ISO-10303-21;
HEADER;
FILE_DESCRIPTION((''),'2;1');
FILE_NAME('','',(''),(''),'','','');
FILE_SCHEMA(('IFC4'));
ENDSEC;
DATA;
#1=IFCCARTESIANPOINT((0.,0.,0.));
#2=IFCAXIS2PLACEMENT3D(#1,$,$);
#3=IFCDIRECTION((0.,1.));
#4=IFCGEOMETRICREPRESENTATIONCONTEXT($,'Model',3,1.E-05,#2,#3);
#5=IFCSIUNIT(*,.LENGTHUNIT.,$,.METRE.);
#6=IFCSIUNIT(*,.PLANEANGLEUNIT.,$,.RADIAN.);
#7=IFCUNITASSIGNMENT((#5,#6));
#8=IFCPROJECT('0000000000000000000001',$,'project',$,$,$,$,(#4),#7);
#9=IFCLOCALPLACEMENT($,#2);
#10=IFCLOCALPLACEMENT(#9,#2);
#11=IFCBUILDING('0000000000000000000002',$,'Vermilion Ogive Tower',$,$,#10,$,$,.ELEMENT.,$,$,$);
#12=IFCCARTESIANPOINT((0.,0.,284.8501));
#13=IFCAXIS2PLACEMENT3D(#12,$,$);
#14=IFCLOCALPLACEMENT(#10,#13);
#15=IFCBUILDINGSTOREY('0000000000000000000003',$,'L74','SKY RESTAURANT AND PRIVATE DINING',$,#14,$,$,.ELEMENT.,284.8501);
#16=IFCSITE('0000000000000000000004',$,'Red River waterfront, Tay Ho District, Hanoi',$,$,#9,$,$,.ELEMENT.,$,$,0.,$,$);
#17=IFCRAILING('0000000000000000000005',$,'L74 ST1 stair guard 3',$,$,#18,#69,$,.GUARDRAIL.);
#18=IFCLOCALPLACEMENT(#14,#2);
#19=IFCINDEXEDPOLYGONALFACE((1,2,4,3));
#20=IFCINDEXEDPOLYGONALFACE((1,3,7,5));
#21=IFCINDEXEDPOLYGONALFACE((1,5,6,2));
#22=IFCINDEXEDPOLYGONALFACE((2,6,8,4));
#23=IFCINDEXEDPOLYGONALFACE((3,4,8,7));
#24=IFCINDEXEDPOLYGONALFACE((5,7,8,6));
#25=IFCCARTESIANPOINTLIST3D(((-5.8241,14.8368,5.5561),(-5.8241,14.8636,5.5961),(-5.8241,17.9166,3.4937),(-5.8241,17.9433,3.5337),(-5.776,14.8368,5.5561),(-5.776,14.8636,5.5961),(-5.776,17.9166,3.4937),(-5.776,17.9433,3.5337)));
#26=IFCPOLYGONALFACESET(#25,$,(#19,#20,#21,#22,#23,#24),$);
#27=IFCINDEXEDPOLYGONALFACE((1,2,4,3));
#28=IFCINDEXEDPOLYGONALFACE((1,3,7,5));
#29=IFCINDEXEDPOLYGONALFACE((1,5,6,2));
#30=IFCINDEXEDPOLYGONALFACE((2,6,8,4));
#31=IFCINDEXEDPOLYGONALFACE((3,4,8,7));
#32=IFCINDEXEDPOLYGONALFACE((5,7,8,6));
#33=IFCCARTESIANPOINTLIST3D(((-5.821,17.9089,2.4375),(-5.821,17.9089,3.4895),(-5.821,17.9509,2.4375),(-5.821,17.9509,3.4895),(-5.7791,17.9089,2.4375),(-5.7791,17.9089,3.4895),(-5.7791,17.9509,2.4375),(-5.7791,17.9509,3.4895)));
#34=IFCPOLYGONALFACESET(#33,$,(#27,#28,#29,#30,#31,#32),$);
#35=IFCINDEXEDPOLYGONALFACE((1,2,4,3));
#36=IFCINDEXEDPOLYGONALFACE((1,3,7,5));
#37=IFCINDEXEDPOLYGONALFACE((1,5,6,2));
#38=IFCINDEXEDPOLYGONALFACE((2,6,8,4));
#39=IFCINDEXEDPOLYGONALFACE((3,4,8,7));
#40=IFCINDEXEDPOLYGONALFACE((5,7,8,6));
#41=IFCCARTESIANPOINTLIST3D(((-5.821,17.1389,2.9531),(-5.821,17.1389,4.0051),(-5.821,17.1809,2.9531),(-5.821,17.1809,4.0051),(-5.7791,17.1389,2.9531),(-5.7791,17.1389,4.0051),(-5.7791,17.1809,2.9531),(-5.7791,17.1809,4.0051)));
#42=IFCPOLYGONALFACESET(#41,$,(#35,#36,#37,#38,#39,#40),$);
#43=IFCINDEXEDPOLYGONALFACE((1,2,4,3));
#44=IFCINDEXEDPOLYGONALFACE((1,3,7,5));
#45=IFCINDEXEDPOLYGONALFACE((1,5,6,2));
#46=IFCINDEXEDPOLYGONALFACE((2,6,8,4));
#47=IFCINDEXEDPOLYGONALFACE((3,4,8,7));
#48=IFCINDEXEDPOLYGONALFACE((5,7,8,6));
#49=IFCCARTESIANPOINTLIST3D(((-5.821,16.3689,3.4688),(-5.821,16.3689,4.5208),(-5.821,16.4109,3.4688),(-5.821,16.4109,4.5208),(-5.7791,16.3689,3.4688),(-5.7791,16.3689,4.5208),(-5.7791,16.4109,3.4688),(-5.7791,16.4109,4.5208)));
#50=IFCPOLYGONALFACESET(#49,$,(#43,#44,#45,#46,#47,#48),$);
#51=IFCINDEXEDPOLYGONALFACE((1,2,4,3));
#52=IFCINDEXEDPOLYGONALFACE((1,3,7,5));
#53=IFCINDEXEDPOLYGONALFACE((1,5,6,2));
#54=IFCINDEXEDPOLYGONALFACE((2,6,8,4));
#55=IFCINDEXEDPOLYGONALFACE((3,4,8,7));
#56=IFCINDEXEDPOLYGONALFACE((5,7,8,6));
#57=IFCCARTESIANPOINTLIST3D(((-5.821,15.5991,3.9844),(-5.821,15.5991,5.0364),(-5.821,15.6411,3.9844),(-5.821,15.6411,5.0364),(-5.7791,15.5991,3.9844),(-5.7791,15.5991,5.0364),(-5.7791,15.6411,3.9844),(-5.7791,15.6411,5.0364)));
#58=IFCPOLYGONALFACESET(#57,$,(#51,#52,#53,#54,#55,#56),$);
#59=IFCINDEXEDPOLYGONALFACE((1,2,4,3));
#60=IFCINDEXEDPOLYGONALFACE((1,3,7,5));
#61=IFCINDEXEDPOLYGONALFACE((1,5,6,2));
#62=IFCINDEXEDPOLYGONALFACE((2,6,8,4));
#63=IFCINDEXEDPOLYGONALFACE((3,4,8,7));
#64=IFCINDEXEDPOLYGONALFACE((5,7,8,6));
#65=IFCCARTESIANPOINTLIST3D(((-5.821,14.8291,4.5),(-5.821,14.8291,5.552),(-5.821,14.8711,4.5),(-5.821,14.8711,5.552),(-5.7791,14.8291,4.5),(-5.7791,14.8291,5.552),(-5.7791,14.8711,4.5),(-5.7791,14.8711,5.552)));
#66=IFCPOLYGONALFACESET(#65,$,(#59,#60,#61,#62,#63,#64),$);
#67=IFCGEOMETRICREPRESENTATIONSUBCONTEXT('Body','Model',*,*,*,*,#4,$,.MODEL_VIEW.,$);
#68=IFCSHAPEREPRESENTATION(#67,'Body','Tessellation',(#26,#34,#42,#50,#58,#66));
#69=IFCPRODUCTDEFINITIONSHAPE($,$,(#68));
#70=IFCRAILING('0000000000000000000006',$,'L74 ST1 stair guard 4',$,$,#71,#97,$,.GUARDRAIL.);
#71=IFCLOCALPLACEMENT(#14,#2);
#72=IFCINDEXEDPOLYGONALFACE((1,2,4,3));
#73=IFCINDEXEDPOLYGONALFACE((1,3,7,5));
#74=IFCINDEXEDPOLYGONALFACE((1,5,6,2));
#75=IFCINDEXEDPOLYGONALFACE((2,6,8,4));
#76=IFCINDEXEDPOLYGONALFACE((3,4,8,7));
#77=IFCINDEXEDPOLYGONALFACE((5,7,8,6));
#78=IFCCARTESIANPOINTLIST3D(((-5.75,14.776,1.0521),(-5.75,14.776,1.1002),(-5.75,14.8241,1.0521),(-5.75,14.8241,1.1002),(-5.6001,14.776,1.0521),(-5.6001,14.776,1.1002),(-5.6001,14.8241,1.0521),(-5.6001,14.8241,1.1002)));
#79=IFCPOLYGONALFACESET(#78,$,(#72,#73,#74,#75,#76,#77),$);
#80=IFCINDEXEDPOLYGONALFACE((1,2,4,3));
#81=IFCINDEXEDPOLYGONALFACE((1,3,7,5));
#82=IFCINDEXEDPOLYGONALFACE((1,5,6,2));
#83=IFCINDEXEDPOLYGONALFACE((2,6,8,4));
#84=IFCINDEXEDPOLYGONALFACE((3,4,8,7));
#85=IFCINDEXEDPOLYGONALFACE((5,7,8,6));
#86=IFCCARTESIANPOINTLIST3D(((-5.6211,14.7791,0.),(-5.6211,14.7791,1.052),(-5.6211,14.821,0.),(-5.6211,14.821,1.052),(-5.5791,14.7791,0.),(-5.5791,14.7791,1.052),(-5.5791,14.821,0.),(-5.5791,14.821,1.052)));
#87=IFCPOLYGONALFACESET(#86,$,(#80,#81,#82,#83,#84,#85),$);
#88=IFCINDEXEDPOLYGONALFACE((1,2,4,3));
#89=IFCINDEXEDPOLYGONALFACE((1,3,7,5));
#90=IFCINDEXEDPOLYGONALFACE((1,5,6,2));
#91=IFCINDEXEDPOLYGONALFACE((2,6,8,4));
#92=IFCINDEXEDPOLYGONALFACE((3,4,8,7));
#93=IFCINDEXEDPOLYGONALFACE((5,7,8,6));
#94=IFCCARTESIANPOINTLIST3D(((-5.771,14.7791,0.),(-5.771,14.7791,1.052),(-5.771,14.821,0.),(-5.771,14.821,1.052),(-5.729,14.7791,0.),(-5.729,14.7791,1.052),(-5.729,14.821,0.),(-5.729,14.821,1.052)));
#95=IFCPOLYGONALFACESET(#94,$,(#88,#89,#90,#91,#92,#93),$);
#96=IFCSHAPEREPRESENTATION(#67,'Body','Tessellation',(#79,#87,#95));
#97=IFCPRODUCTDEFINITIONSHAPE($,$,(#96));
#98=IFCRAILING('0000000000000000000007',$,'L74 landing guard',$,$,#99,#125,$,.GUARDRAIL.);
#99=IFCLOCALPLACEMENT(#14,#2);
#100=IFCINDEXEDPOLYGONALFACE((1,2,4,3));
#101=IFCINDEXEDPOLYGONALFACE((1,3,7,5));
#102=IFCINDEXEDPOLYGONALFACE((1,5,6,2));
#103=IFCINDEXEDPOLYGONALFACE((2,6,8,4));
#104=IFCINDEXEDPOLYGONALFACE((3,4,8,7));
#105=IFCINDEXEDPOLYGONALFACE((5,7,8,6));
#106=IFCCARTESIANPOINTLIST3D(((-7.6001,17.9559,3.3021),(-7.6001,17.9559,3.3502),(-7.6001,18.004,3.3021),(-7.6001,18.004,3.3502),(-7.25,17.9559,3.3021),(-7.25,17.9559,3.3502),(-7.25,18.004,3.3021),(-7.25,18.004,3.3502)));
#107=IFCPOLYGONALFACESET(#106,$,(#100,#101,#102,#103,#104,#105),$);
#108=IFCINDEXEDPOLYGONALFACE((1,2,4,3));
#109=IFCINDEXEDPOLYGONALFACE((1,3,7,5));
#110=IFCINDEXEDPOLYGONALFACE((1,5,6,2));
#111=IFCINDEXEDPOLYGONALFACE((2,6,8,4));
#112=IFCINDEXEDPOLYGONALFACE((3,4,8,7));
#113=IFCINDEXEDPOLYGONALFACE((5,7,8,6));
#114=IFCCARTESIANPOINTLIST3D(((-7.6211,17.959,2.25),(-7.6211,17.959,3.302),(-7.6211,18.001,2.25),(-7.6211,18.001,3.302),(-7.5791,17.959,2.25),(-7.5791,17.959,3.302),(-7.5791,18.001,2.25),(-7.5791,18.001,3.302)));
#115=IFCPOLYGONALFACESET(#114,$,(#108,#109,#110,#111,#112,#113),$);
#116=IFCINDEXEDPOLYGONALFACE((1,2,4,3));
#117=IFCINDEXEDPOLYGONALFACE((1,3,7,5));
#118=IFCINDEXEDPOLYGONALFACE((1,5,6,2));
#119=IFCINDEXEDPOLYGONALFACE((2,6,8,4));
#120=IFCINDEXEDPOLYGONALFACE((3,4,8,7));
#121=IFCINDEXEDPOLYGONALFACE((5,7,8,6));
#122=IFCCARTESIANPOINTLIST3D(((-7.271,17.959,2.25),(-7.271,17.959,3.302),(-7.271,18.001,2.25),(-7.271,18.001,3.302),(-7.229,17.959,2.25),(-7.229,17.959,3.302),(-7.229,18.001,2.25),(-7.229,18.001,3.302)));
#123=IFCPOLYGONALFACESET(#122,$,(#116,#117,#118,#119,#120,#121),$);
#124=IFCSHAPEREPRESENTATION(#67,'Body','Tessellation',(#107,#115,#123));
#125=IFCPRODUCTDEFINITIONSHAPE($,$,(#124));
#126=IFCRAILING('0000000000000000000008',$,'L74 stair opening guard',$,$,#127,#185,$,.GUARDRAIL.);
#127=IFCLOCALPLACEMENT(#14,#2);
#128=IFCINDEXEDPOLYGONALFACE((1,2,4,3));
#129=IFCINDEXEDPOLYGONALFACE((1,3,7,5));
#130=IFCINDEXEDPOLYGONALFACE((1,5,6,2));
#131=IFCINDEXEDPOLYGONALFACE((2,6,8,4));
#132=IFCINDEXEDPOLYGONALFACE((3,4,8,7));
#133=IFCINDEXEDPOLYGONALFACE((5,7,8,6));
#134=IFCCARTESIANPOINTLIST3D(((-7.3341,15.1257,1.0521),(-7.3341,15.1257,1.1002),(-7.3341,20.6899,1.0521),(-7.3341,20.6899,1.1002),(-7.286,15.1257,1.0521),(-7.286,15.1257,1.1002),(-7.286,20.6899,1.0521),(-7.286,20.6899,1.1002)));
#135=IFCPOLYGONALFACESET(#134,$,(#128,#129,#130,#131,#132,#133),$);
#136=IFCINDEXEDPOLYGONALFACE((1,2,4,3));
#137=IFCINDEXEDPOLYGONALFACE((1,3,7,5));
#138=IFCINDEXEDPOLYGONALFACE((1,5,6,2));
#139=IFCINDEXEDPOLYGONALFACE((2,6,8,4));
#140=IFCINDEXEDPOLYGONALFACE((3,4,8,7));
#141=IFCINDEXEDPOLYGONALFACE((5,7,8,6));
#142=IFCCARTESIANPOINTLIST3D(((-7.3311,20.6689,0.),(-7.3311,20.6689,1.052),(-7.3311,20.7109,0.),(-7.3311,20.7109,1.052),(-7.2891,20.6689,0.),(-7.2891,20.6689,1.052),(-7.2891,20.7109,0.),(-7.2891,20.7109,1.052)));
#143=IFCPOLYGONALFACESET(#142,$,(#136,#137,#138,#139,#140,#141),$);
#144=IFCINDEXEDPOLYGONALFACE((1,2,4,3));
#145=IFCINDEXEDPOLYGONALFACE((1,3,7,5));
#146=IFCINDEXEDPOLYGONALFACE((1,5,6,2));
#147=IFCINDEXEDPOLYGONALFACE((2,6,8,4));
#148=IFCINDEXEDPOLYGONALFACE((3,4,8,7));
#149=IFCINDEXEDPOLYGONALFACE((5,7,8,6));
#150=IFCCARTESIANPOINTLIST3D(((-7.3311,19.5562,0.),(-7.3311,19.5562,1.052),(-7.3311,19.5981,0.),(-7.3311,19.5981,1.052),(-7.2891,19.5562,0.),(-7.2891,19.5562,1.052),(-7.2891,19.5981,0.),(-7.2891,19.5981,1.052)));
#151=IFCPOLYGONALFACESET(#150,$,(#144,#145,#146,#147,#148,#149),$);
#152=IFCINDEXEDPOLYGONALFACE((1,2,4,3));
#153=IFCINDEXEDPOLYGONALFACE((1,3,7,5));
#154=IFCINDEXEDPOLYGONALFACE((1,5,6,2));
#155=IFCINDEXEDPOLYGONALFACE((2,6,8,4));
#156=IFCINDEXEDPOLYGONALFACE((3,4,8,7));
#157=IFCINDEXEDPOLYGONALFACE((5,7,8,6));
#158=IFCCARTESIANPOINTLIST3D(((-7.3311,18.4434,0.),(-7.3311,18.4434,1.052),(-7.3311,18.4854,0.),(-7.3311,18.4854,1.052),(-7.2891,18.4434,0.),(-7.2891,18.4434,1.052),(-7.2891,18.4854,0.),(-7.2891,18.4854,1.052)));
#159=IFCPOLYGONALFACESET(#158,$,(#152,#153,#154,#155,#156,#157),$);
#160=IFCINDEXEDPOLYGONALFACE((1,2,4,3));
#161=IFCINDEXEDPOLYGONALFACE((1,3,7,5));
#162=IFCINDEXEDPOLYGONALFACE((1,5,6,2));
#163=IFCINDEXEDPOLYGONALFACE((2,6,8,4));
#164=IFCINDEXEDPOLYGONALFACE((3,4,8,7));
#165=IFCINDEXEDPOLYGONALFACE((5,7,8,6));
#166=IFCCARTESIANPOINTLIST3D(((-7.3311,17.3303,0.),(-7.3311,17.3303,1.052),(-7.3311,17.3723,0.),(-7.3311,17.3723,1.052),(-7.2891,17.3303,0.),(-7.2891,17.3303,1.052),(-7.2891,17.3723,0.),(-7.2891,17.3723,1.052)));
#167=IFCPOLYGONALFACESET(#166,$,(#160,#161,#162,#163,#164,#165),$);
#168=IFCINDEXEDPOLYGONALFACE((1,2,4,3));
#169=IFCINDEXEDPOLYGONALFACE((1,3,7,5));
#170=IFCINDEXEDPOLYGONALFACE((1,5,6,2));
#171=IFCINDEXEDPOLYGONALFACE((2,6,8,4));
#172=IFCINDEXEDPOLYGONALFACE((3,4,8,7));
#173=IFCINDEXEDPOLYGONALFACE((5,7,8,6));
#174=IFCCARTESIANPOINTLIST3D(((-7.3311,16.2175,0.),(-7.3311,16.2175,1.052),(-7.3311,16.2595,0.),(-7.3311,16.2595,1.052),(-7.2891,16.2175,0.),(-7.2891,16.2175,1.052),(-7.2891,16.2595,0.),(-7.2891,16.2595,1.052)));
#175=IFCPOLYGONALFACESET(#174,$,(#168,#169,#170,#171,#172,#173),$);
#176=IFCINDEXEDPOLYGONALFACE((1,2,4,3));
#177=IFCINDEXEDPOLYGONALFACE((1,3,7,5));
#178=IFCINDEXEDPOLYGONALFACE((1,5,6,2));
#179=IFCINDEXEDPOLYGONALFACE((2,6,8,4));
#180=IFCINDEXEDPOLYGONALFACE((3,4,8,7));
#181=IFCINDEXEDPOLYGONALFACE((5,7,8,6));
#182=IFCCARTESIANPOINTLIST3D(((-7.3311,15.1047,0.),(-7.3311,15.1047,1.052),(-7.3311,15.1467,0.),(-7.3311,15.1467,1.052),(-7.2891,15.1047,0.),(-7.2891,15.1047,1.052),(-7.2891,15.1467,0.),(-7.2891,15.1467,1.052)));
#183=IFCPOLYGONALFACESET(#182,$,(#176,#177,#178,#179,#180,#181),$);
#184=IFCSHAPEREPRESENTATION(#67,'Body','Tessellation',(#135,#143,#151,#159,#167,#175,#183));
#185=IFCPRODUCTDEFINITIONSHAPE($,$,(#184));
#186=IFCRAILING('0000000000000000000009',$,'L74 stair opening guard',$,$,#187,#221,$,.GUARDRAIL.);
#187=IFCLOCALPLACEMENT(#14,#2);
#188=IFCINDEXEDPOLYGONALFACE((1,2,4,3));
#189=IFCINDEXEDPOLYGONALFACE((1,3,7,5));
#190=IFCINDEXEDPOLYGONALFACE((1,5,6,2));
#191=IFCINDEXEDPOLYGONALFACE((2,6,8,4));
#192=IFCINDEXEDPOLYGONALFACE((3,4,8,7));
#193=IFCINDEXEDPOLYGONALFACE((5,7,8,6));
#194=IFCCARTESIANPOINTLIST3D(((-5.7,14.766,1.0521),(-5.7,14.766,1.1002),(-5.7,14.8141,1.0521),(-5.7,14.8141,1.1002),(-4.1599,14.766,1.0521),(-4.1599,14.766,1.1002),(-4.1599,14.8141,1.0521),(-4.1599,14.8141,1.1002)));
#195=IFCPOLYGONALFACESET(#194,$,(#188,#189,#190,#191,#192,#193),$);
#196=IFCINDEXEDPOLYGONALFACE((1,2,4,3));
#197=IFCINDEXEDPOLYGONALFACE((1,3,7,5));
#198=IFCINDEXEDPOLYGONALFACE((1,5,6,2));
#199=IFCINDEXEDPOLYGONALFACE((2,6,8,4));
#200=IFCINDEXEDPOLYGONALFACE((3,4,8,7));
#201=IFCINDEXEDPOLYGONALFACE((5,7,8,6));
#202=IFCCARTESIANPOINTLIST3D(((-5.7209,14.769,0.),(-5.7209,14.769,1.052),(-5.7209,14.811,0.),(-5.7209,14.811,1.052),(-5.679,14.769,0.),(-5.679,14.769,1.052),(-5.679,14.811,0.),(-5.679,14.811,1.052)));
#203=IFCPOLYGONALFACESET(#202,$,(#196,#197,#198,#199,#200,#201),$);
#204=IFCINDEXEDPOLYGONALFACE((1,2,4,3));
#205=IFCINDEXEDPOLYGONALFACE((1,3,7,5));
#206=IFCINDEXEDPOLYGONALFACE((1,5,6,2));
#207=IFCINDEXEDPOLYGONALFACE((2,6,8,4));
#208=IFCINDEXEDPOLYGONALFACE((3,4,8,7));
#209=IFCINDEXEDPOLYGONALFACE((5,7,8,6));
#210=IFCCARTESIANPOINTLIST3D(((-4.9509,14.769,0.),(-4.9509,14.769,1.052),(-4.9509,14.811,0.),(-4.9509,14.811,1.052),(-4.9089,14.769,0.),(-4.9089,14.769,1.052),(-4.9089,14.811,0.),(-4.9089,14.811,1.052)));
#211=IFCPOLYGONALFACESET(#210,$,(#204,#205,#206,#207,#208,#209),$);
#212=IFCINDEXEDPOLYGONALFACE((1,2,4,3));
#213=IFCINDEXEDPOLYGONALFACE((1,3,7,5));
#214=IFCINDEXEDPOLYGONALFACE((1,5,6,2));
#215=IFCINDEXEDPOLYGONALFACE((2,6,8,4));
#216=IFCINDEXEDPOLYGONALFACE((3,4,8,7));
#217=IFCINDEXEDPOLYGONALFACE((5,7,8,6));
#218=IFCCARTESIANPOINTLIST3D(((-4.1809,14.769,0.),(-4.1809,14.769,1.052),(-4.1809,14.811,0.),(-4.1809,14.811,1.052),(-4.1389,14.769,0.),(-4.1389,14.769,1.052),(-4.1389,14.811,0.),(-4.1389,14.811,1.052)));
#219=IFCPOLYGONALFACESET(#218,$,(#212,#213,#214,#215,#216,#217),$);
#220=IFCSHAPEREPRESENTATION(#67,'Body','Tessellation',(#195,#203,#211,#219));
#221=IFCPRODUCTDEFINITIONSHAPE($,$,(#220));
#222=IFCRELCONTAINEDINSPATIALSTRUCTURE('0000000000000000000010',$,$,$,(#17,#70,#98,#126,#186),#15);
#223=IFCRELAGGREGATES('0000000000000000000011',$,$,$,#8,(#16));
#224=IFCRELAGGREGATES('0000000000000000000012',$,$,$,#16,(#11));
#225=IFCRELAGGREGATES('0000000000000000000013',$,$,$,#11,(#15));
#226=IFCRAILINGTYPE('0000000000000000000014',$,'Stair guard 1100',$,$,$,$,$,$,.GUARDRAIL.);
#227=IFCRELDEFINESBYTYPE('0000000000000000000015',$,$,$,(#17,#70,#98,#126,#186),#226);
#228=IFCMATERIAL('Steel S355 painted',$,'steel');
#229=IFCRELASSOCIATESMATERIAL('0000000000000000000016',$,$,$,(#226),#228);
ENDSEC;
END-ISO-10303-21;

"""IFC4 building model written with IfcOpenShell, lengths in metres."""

from ifc_helpers import new_model, si_unit, direction, frame, origin, origin_2d, place, context, subcontext, project, spatial, rectangle, extrude, material, type_object, element, save


model = new_model("IFC4")

# Units and contexts
model_context = context("Model", 3, precision=1e-05, world=origin(), true_north=direction((0.0, 1.0)))
body_context = subcontext(model_context, "Body", "Model", "MODEL_VIEW")
ifc_project = project(units=[si_unit("LENGTHUNIT", "METRE"), si_unit("PLANEANGLEUNIT", "RADIAN")], contexts=[model_context])

# Site, building, storey
site_placement = place(None, origin())
site = spatial("IfcSite", under=ifc_project, at=site_placement, Name="Red River waterfront, Tay Ho District, Hanoi", CompositionType="ELEMENT", RefElevation=0.0)
building_placement = place(site_placement, origin())
building = spatial("IfcBuilding", under=site, at=building_placement, Name="Vermilion Ogive Tower", CompositionType="ELEMENT")
storey_placement = place(building_placement, frame((0.0, 0.0, 284.8501)))
storey = spatial("IfcBuildingStorey", under=building, at=storey_placement, Name="L74", Description="SKY RESTAURANT AND PRIVATE DINING", CompositionType="ELEMENT", Elevation=284.8501)

# Railings
ifc_material_1 = material(Name="Steel S355 painted", Category="steel")
railing_type_1 = type_object("IfcRailingType", Name="Stair guard 1100", PredefinedType="GUARDRAIL", material=ifc_material_1)
railing_1_placement = place(storey_placement, frame((-5.8, 17.9299, 2.4375)))
element("IfcRailing", 1, at=railing_1_placement, inside=storey, type_object=railing_type_1, Name="L74 ST1 stair guard 3", PredefinedType="GUARDRAIL", context=body_context, shape_type="SweptSolid", body=[
    extrude(rectangle(XDim=0.0481, YDim=0.0481, at=origin_2d()), frame((0.0, 0.0, 1.0762), z_axis=(0.0, -0.830893, 0.556432), x_axis=(1.0, 0.0, 0.0)), (0.0, 0.0, 1.0), 3.7065),
    extrude(rectangle(XDim=0.042, YDim=0.042, at=origin_2d()), origin(), (0.0, 0.0, 1.0), 1.052),
    extrude(rectangle(XDim=0.042, YDim=0.042, at=origin_2d()), frame((0.0, -0.77, 0.5156)), (0.0, 0.0, 1.0), 1.052),
    extrude(rectangle(XDim=0.042, YDim=0.042, at=origin_2d()), frame((0.0, -1.54, 1.0312)), (0.0, 0.0, 1.0), 1.052),
    extrude(rectangle(XDim=0.042, YDim=0.042, at=origin_2d()), frame((0.0, -2.3098, 1.5469)), (0.0, 0.0, 1.0), 1.052),
    extrude(rectangle(XDim=0.042, YDim=0.042, at=origin_2d()), frame((0.0, -3.0798, 2.0625)), (0.0, 0.0, 1.0), 1.052),
])
railing_2_placement = place(storey_placement, frame((-5.6001, 14.8, 0.0)))
element("IfcRailing", 2, at=railing_2_placement, inside=storey, type_object=railing_type_1, Name="L74 ST1 stair guard 4", PredefinedType="GUARDRAIL", context=body_context, shape_type="SweptSolid", body=[
    extrude(rectangle(XDim=0.0481, YDim=0.0481, at=origin_2d()), frame((0.0, 0.0, 1.0762), z_axis=(-1.0, 0.0, 0.0), x_axis=(0.0, -1.0, 0.0)), (0.0, 0.0, 1.0), 0.1499),
    extrude(rectangle(XDim=0.042, YDim=0.042, at=origin_2d()), origin(), (0.0, 0.0, 1.0), 1.052),
    extrude(rectangle(XDim=0.042, YDim=0.042, at=origin_2d()), frame((-0.1499, 0.0, 0.0)), (0.0, 0.0, 1.0), 1.052),
])
railing_3_placement = place(storey_placement, frame((-7.6001, 17.98, 2.25)))
element("IfcRailing", 3, at=railing_3_placement, inside=storey, type_object=railing_type_1, Name="L74 landing guard", PredefinedType="GUARDRAIL", context=body_context, shape_type="SweptSolid", body=[
    extrude(rectangle(XDim=0.0481, YDim=0.0481, at=origin_2d()), frame((0.0, 0.0, 1.0762), z_axis=(1.0, 0.0, 0.0), x_axis=(0.0, 1.0, 0.0)), (0.0, 0.0, 1.0), 0.3501),
    extrude(rectangle(XDim=0.042, YDim=0.042, at=origin_2d()), origin(), (0.0, 0.0, 1.0), 1.052),
    extrude(rectangle(XDim=0.042, YDim=0.042, at=origin_2d()), frame((0.3501, 0.0, 0.0)), (0.0, 0.0, 1.0), 1.052),
])
railing_4_placement = place(storey_placement, frame((-7.3101, 20.6899, 0.0)))
element("IfcRailing", 4, at=railing_4_placement, inside=storey, type_object=railing_type_1, Name="L74 stair opening guard", PredefinedType="GUARDRAIL", context=body_context, shape_type="SweptSolid", body=[
    extrude(rectangle(XDim=0.0481, YDim=0.0481, at=origin_2d()), frame((0.0, 0.0, 1.0762), z_axis=(0.0, -1.0, 0.0), x_axis=(1.0, 0.0, 0.0)), (0.0, 0.0, 1.0), 5.5642),
    extrude(rectangle(XDim=0.042, YDim=0.042, at=origin_2d()), origin(), (0.0, 0.0, 1.0), 1.052),
    extrude(rectangle(XDim=0.042, YDim=0.042, at=origin_2d()), frame((0.0, -1.1128, 0.0)), (0.0, 0.0, 1.0), 1.052),
    extrude(rectangle(XDim=0.042, YDim=0.042, at=origin_2d()), frame((0.0, -2.2256, 0.0)), (0.0, 0.0, 1.0), 1.052),
    extrude(rectangle(XDim=0.042, YDim=0.042, at=origin_2d()), frame((0.0, -3.3386, 0.0)), (0.0, 0.0, 1.0), 1.052),
    extrude(rectangle(XDim=0.042, YDim=0.042, at=origin_2d()), frame((0.0, -4.4514, 0.0)), (0.0, 0.0, 1.0), 1.052),
    extrude(rectangle(XDim=0.042, YDim=0.042, at=origin_2d()), frame((0.0, -5.5642, 0.0)), (0.0, 0.0, 1.0), 1.052),
])
railing_5_placement = place(storey_placement, frame((-5.7, 14.79, 0.0)))
element("IfcRailing", 5, at=railing_5_placement, inside=storey, type_object=railing_type_1, Name="L74 stair opening guard", PredefinedType="GUARDRAIL", context=body_context, shape_type="SweptSolid", body=[
    extrude(rectangle(XDim=0.0481, YDim=0.0481, at=origin_2d()), frame((0.0, 0.0, 1.0762), z_axis=(1.0, 0.0, 0.0), x_axis=(0.0, 1.0, 0.0)), (0.0, 0.0, 1.0), 1.54),
    extrude(rectangle(XDim=0.042, YDim=0.042, at=origin_2d()), origin(), (0.0, 0.0, 1.0), 1.052),
    extrude(rectangle(XDim=0.042, YDim=0.042, at=origin_2d()), frame((0.77, 0.0, 0.0)), (0.0, 0.0, 1.0), 1.052),
    extrude(rectangle(XDim=0.042, YDim=0.042, at=origin_2d()), frame((1.54, 0.0, 0.0)), (0.0, 0.0, 1.0), 1.052),
])

save(model, "model.ifc")
